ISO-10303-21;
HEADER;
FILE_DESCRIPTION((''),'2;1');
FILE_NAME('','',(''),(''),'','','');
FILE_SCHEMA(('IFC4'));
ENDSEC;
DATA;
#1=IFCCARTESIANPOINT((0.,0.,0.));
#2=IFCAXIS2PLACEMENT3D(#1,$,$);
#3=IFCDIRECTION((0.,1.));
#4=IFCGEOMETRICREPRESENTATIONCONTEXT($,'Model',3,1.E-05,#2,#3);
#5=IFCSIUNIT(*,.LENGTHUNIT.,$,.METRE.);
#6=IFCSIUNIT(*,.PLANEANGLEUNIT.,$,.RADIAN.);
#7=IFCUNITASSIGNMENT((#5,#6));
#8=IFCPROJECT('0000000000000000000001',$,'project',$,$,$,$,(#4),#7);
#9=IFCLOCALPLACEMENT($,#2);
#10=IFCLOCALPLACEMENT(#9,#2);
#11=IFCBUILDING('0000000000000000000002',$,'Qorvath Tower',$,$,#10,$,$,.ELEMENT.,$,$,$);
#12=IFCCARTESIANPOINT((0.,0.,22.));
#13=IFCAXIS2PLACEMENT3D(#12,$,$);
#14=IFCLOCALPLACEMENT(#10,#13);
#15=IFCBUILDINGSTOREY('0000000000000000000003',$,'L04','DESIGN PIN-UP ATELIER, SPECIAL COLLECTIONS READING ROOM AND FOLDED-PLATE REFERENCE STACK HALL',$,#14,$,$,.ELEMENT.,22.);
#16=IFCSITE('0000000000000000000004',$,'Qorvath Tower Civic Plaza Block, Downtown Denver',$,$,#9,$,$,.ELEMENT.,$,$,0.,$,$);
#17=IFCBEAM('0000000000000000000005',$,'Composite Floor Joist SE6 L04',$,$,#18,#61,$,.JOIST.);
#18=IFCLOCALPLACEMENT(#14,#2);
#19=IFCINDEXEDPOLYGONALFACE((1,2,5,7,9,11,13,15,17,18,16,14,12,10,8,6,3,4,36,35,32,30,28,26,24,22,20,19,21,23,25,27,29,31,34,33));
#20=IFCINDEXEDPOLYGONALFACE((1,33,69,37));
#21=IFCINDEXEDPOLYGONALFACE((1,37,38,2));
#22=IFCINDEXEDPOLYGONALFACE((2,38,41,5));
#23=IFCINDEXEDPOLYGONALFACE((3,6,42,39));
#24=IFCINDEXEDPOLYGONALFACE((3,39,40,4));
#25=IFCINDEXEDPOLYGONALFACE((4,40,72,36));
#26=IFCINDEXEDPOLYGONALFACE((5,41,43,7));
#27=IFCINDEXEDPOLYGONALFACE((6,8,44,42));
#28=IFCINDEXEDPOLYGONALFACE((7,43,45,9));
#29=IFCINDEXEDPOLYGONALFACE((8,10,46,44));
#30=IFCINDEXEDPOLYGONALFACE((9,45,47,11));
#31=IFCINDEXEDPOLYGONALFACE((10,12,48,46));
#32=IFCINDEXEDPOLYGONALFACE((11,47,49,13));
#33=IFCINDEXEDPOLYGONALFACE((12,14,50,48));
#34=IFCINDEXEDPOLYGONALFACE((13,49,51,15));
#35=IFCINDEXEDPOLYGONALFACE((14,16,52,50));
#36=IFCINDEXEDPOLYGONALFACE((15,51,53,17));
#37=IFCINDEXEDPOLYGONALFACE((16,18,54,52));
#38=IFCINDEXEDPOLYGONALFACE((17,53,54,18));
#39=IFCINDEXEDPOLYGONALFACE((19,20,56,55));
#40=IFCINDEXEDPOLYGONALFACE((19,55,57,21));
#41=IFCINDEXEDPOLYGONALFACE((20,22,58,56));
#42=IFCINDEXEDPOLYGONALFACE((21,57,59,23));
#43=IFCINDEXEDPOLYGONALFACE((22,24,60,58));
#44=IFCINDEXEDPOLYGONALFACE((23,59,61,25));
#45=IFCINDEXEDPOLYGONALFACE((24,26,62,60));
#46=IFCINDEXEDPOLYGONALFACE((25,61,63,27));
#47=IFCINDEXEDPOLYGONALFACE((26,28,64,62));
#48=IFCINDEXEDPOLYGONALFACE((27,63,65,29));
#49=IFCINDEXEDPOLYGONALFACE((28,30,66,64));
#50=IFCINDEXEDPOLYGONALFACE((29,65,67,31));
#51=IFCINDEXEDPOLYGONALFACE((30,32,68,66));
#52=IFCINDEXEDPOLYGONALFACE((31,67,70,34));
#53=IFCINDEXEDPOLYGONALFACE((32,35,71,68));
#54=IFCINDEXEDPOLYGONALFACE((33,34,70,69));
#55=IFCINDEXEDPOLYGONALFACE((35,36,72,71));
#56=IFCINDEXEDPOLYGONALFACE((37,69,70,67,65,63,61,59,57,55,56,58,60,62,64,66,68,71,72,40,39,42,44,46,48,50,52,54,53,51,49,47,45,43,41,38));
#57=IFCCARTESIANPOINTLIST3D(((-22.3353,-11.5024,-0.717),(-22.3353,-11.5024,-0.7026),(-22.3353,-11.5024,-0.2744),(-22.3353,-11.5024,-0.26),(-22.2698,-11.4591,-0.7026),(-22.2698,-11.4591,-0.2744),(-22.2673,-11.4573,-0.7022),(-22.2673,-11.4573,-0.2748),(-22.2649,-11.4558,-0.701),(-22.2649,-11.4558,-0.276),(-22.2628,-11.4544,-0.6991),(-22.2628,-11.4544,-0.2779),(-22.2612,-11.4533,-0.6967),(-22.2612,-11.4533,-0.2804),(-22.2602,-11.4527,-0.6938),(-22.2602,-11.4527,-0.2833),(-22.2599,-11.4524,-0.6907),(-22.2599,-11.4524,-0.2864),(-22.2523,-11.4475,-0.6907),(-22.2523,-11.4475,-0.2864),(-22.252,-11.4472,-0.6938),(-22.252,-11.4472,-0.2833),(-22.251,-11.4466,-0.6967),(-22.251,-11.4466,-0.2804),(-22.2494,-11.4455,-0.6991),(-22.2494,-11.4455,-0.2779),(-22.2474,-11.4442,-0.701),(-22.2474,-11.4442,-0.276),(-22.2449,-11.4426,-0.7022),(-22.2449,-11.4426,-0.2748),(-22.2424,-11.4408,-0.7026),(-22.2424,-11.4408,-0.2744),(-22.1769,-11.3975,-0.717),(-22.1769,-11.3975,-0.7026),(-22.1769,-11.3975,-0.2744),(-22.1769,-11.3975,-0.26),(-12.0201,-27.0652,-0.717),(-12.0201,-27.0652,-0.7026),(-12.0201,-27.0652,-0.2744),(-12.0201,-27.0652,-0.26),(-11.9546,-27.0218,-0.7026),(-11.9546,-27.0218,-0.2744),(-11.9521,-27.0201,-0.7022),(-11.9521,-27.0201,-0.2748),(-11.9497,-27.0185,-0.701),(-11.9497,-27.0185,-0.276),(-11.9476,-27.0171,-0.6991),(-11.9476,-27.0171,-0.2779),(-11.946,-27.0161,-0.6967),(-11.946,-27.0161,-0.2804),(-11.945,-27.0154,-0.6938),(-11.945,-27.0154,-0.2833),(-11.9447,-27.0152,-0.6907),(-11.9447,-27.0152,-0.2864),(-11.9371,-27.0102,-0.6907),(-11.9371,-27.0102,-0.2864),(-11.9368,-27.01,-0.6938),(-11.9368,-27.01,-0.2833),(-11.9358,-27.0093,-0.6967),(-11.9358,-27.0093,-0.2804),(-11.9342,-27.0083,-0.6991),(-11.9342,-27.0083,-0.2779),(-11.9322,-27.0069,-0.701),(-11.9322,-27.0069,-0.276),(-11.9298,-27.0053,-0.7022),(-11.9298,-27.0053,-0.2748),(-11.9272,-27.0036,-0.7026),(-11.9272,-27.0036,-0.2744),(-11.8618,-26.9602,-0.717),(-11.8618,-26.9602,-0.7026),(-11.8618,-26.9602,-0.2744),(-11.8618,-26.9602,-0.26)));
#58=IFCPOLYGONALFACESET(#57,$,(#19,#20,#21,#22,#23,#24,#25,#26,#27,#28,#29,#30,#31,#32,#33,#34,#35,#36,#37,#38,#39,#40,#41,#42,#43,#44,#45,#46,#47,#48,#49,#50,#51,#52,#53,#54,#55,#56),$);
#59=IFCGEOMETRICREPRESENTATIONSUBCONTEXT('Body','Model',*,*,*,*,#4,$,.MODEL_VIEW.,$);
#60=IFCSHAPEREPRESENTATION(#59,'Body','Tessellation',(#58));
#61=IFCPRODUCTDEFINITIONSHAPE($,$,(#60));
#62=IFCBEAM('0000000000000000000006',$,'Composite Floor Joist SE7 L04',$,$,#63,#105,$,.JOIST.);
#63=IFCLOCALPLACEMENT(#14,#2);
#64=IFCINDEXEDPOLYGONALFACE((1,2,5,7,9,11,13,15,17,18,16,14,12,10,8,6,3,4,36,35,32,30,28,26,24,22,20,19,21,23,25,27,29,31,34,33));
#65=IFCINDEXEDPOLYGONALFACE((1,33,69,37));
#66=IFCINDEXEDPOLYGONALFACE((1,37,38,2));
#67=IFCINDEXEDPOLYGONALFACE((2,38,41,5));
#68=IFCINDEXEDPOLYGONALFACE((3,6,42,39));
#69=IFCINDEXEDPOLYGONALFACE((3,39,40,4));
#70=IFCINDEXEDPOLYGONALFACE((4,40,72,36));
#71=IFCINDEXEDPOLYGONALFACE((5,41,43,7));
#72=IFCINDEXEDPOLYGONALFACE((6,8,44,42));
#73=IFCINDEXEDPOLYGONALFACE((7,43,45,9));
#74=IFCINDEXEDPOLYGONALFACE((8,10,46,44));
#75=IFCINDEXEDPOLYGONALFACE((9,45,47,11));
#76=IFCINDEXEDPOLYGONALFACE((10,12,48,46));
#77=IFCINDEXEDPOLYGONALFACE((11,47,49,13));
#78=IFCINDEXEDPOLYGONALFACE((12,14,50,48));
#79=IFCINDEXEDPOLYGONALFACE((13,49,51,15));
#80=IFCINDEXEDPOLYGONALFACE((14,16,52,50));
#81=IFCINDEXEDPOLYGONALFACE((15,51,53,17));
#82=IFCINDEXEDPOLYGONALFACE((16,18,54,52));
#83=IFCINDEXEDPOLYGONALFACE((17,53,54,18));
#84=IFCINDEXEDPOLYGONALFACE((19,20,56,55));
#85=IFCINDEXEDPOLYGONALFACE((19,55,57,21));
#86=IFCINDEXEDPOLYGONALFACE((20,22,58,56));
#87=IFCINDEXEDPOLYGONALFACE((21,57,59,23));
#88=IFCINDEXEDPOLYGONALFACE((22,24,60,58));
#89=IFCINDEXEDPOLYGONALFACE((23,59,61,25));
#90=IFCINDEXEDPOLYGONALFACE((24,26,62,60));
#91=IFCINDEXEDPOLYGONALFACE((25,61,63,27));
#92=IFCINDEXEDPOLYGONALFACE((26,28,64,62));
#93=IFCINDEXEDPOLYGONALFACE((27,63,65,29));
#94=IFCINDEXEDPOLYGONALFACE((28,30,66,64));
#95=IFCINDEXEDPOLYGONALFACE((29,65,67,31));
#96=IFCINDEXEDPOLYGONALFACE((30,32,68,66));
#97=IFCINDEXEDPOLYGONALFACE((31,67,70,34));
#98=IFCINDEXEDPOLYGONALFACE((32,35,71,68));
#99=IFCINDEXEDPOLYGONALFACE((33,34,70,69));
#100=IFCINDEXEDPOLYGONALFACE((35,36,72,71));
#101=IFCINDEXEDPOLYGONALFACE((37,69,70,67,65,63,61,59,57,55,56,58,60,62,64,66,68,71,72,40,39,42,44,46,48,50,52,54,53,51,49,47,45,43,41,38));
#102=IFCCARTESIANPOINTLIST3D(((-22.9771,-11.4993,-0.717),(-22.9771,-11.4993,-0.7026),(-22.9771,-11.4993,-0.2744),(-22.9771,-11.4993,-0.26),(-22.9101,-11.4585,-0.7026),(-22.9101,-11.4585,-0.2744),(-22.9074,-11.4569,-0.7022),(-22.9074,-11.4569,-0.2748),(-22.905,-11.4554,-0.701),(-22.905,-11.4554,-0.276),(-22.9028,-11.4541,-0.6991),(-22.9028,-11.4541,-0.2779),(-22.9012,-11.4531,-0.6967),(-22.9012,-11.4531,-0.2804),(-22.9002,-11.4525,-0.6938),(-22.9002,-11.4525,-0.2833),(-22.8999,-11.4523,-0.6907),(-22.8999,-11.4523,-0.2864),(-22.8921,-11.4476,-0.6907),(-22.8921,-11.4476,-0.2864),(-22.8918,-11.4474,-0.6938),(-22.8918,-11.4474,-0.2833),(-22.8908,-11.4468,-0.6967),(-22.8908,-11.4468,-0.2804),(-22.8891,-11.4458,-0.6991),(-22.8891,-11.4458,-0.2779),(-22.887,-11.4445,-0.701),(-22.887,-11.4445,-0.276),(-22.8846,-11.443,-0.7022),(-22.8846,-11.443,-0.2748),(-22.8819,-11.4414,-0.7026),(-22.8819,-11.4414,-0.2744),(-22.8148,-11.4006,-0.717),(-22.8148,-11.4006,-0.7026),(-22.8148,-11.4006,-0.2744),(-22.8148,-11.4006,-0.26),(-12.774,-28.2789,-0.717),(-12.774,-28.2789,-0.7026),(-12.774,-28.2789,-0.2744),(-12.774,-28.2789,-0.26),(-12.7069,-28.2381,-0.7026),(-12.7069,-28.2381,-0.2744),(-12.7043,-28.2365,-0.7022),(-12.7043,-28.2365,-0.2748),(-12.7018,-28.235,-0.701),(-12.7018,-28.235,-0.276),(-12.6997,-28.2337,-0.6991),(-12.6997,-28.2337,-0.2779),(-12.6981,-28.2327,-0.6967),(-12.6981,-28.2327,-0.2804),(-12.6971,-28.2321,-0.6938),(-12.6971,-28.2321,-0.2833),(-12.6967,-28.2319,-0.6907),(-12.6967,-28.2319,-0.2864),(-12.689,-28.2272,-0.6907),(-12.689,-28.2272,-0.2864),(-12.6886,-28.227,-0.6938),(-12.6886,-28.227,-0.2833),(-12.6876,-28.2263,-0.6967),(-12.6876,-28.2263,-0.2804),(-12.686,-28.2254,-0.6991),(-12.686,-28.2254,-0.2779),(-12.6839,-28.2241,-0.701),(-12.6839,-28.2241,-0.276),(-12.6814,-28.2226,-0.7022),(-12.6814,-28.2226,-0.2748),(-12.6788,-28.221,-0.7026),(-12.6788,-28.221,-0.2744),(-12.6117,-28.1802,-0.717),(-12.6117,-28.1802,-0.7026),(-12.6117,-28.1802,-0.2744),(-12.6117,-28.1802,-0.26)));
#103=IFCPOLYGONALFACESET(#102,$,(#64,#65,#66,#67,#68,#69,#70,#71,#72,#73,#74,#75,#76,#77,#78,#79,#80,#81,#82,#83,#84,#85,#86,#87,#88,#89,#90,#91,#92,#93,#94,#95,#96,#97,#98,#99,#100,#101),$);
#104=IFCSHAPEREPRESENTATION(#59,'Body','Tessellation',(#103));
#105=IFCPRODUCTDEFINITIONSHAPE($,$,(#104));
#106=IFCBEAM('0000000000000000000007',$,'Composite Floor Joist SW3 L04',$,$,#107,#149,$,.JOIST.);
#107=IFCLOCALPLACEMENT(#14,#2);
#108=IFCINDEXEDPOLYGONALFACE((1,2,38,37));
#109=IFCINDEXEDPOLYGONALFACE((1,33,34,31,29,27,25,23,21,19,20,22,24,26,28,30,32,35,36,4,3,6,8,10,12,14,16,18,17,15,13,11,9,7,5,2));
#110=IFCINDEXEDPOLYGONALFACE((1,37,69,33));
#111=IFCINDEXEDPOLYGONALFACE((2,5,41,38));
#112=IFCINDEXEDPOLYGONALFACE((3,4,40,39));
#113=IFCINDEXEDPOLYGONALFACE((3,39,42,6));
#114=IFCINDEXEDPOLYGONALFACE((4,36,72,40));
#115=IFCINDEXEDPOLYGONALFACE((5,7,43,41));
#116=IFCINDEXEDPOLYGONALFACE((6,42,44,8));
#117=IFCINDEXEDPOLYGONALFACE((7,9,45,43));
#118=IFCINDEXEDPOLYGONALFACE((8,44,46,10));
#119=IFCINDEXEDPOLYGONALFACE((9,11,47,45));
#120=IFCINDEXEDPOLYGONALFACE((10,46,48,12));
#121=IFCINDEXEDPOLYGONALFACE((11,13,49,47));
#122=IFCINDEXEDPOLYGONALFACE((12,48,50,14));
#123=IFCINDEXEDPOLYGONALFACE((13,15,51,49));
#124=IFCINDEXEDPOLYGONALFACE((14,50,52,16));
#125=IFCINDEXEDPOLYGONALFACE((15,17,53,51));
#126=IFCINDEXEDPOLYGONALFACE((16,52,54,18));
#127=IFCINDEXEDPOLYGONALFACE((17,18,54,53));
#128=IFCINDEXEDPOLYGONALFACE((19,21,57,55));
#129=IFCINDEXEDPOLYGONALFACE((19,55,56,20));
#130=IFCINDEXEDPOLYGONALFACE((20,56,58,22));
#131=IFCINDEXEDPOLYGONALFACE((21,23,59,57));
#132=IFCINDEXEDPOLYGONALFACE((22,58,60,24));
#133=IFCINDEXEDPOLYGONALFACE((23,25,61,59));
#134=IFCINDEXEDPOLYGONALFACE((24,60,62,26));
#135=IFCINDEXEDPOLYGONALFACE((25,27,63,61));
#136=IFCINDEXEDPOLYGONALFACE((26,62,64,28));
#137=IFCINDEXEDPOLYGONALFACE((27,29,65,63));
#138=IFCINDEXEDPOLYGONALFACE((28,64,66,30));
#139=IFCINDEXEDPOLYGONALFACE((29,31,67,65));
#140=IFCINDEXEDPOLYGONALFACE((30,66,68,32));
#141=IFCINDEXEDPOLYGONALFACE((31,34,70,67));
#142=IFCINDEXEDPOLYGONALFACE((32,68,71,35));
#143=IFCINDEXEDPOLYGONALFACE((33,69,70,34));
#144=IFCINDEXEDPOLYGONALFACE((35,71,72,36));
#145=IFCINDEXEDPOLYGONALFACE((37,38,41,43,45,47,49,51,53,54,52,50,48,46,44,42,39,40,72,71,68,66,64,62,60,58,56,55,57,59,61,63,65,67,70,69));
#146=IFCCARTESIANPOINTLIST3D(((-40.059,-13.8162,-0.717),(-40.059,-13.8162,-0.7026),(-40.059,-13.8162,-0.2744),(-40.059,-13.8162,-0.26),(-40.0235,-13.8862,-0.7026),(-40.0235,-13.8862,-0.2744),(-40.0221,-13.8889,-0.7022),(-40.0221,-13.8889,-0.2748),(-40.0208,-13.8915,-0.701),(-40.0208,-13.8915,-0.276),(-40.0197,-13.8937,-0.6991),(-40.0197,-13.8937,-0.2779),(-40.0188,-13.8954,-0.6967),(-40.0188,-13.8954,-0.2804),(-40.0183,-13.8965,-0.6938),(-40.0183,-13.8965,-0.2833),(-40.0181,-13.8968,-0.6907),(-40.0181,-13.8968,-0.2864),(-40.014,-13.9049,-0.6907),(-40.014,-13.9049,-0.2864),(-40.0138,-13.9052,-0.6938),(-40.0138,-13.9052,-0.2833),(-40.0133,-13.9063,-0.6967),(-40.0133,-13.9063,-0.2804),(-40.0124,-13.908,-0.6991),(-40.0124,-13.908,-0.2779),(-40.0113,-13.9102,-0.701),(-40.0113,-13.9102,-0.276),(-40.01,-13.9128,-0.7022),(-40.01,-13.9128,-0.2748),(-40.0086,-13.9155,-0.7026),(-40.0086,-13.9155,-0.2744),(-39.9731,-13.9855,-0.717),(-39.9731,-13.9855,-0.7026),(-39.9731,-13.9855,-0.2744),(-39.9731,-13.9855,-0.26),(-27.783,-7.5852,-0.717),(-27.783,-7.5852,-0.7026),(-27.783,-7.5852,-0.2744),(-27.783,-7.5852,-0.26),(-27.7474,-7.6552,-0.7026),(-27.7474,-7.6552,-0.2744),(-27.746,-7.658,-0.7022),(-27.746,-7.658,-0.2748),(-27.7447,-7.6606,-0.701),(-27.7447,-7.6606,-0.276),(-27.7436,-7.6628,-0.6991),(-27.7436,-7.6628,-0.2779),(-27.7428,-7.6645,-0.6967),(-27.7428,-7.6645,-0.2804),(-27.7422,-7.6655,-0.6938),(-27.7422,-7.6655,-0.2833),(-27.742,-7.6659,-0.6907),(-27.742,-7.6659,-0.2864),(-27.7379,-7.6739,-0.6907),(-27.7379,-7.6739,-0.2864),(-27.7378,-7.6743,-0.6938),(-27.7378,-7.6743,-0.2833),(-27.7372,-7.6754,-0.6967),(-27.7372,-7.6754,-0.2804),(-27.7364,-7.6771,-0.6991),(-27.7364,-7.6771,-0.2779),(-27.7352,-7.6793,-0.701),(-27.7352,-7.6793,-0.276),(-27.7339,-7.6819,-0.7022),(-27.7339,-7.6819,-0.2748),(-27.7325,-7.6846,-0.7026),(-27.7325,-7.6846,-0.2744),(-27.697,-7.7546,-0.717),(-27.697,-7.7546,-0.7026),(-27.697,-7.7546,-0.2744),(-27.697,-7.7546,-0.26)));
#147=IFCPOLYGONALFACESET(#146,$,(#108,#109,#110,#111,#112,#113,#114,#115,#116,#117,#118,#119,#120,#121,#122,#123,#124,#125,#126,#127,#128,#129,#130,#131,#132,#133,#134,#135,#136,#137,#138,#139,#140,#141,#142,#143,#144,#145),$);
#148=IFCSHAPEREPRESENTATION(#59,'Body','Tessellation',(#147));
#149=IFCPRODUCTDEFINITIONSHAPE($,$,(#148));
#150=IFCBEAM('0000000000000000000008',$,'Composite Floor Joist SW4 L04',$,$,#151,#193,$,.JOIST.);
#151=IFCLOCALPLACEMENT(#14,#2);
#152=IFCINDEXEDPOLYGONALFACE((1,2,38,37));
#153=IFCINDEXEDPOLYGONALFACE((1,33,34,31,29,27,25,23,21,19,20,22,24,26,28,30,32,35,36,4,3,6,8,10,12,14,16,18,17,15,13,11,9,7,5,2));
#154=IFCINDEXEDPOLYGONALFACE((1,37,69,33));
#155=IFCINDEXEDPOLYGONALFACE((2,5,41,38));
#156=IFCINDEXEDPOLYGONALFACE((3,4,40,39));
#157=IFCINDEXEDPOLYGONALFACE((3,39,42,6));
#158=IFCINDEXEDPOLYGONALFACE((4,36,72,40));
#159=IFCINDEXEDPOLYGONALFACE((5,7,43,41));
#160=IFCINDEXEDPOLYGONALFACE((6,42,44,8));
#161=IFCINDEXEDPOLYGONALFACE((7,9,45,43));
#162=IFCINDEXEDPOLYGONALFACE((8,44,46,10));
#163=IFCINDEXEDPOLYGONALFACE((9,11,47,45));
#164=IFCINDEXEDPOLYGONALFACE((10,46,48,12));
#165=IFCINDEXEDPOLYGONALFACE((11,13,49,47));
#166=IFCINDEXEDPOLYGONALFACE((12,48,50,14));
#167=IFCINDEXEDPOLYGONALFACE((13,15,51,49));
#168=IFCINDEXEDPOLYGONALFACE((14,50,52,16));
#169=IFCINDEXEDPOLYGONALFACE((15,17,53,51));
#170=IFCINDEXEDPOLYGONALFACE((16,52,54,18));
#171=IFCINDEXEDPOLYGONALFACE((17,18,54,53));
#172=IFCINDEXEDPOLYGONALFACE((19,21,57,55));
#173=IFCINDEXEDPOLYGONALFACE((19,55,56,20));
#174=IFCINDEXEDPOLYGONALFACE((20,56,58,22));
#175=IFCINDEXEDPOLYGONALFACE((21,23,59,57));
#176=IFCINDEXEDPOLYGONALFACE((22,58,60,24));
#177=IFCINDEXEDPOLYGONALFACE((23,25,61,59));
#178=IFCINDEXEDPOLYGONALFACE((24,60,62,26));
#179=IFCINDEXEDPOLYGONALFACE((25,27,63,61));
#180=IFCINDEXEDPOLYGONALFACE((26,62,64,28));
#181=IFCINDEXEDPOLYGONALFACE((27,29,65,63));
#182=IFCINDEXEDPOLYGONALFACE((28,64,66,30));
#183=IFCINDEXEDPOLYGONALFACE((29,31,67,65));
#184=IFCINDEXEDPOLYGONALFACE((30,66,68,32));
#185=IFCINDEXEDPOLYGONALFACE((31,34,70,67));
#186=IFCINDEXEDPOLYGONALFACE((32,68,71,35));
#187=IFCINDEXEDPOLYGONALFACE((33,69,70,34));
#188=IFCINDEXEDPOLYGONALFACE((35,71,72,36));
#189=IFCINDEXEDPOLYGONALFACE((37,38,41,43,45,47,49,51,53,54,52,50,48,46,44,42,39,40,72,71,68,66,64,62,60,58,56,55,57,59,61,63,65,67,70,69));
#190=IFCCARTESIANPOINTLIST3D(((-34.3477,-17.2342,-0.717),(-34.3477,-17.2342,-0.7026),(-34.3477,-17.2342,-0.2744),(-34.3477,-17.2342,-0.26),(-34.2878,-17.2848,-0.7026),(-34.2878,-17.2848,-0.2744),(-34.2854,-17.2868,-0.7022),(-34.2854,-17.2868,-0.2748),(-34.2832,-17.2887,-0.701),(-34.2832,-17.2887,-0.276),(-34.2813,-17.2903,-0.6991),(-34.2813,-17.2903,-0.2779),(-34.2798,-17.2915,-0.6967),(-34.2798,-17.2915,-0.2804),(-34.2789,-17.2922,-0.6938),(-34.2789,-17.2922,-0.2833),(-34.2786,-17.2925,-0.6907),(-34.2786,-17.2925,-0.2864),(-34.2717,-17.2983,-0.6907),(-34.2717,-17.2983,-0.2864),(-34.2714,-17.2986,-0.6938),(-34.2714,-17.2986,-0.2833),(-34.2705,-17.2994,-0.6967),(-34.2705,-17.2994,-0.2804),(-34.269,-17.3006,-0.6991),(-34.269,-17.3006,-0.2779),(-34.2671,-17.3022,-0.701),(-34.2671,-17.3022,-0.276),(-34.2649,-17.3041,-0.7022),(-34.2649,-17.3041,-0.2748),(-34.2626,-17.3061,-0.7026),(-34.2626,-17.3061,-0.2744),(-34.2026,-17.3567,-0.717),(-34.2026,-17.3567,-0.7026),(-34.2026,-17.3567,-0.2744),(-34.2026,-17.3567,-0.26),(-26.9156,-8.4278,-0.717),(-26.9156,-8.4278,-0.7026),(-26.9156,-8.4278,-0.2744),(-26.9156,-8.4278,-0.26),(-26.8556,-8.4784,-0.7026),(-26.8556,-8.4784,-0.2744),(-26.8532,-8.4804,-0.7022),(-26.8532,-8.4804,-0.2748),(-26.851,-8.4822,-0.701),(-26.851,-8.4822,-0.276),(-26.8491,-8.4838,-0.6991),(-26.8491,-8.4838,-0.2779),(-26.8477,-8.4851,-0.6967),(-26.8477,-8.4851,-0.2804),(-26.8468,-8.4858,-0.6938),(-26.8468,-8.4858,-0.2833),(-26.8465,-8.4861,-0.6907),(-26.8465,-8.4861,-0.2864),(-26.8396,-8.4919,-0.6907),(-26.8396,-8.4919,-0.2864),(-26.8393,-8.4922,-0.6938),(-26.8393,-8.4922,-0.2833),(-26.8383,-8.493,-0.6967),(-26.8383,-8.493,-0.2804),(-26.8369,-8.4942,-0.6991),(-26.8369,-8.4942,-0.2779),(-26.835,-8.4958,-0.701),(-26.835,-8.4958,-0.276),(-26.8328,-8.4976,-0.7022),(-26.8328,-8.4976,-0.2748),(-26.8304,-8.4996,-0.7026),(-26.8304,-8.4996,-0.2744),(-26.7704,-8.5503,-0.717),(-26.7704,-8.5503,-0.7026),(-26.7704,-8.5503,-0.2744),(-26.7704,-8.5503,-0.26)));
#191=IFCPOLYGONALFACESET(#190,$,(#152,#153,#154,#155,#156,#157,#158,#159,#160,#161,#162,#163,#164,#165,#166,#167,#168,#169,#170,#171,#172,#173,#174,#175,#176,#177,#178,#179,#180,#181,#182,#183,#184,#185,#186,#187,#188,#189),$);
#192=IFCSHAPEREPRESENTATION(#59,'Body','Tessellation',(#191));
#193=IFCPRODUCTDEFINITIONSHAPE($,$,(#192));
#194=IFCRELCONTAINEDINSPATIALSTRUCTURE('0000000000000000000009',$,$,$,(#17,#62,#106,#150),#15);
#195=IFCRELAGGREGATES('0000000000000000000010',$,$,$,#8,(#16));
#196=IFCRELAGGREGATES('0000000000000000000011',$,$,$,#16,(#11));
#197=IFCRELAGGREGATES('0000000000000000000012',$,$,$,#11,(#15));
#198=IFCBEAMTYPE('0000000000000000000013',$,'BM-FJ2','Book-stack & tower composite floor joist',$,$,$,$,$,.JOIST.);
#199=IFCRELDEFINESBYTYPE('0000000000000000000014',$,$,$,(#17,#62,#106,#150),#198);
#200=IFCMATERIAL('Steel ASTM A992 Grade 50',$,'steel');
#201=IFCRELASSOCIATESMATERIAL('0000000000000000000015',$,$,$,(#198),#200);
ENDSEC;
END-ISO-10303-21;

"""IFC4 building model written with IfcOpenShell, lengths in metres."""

from ifc_helpers import new_model, si_unit, direction, frame, origin, origin_2d, place, context, subcontext, project, spatial, i_section, extrude, material, material_profile, profile_set, type_object, element, save


model = new_model("IFC4")

# Units and contexts
model_context = context("Model", 3, precision=1e-05, world=origin(), true_north=direction((0.0, 1.0)))
body_context = subcontext(model_context, "Body", "Model", "MODEL_VIEW")
ifc_project = project(units=[si_unit("LENGTHUNIT", "METRE"), si_unit("PLANEANGLEUNIT", "RADIAN")], contexts=[model_context])

# Site, building, storey
site_placement = place(None, origin())
site = spatial("IfcSite", under=ifc_project, at=site_placement, Name="Qorvath Tower Civic Plaza Block, Downtown Denver", CompositionType="ELEMENT", RefElevation=0.0)
building_placement = place(site_placement, origin())
building = spatial("IfcBuilding", under=site, at=building_placement, Name="Qorvath Tower", CompositionType="ELEMENT")
storey_placement = place(building_placement, frame((0.0, 0.0, 22.0)))
storey = spatial("IfcBuildingStorey", under=building, at=storey_placement, Name="L04", Description="DESIGN PIN-UP ATELIER, SPECIAL COLLECTIONS READING ROOM AND FOLDED-PLATE REFERENCE STACK HALL", CompositionType="ELEMENT", Elevation=22.0)

# Beams
ifc_material_1 = material(Name="Steel ASTM A992 Grade 50", Category="steel")
ifc_material_profile_1 = material_profile(ifc_material_1, i_section(OverallWidth=0.1899, OverallDepth=0.457, WebThickness=0.009, FlangeThickness=0.0144, FilletRadius=0.012, at=origin_2d()), Name="W18x50")
ifc_profile_set_1 = profile_set([ifc_material_profile_1], Name="Steel ASTM A992 Grade 50")
beam_type_1 = type_object("IfcBeamType", Name="BM-FJ2", Description="Book-stack & tower composite floor joist", PredefinedType="JOIST", material=ifc_profile_set_1)
beam_1_placement = place(storey_placement, frame((-22.2561, -11.45, -0.4885), z_axis=(0.552474, -0.83353, 0.0), x_axis=(0.83353, 0.552474, 0.0)))
element("IfcBeam", 1, at=beam_1_placement, inside=storey, type_object=beam_type_1, Name="Composite Floor Joist SE6 L04", PredefinedType="JOIST", context=body_context, shape_type="SweptSolid", body=[
    extrude(i_section(OverallWidth=0.1899, OverallDepth=0.457, WebThickness=0.009, FlangeThickness=0.0144, FilletRadius=0.012, at=origin_2d()), origin(), (0.0, 0.0, 1.0), 18.6709),
])
beam_2_placement = place(storey_placement, frame((-22.896, -11.45, -0.4885), z_axis=(0.519556, -0.854436, 0.0), x_axis=(0.854436, 0.519556, 0.0)))
element("IfcBeam", 2, at=beam_2_placement, inside=storey, type_object=beam_type_1, Name="Composite Floor Joist SE7 L04", PredefinedType="JOIST", context=body_context, shape_type="SweptSolid", body=[
    extrude(i_section(OverallWidth=0.1899, OverallDepth=0.457, WebThickness=0.009, FlangeThickness=0.0144, FilletRadius=0.012, at=origin_2d()), origin(), (0.0, 0.0, 1.0), 19.6382),
])
beam_3_placement = place(storey_placement, frame((-27.74, -7.6699, -0.4885), z_axis=(-0.891712, -0.452604, 0.0), x_axis=(0.452604, -0.891712, 0.0)))
element("IfcBeam", 3, at=beam_3_placement, inside=storey, type_object=beam_type_1, Name="Composite Floor Joist SW3 L04", PredefinedType="JOIST", context=body_context, shape_type="SweptSolid", body=[
    extrude(i_section(OverallWidth=0.1899, OverallDepth=0.457, WebThickness=0.009, FlangeThickness=0.0144, FilletRadius=0.012, at=origin_2d()), origin(), (0.0, 0.0, 1.0), 13.7668),
])
beam_4_placement = place(storey_placement, frame((-26.843, -8.489, -0.4885), z_axis=(-0.644959, -0.764217, 0.0), x_axis=(0.764217, -0.644959, 0.0)))
element("IfcBeam", 4, at=beam_4_placement, inside=storey, type_object=beam_type_1, Name="Composite Floor Joist SW4 L04", PredefinedType="JOIST", context=body_context, shape_type="SweptSolid", body=[
    extrude(i_section(OverallWidth=0.1899, OverallDepth=0.457, WebThickness=0.009, FlangeThickness=0.0144, FilletRadius=0.012, at=origin_2d()), origin(), (0.0, 0.0, 1.0), 11.5234),
])

save(model, "model.ifc")
